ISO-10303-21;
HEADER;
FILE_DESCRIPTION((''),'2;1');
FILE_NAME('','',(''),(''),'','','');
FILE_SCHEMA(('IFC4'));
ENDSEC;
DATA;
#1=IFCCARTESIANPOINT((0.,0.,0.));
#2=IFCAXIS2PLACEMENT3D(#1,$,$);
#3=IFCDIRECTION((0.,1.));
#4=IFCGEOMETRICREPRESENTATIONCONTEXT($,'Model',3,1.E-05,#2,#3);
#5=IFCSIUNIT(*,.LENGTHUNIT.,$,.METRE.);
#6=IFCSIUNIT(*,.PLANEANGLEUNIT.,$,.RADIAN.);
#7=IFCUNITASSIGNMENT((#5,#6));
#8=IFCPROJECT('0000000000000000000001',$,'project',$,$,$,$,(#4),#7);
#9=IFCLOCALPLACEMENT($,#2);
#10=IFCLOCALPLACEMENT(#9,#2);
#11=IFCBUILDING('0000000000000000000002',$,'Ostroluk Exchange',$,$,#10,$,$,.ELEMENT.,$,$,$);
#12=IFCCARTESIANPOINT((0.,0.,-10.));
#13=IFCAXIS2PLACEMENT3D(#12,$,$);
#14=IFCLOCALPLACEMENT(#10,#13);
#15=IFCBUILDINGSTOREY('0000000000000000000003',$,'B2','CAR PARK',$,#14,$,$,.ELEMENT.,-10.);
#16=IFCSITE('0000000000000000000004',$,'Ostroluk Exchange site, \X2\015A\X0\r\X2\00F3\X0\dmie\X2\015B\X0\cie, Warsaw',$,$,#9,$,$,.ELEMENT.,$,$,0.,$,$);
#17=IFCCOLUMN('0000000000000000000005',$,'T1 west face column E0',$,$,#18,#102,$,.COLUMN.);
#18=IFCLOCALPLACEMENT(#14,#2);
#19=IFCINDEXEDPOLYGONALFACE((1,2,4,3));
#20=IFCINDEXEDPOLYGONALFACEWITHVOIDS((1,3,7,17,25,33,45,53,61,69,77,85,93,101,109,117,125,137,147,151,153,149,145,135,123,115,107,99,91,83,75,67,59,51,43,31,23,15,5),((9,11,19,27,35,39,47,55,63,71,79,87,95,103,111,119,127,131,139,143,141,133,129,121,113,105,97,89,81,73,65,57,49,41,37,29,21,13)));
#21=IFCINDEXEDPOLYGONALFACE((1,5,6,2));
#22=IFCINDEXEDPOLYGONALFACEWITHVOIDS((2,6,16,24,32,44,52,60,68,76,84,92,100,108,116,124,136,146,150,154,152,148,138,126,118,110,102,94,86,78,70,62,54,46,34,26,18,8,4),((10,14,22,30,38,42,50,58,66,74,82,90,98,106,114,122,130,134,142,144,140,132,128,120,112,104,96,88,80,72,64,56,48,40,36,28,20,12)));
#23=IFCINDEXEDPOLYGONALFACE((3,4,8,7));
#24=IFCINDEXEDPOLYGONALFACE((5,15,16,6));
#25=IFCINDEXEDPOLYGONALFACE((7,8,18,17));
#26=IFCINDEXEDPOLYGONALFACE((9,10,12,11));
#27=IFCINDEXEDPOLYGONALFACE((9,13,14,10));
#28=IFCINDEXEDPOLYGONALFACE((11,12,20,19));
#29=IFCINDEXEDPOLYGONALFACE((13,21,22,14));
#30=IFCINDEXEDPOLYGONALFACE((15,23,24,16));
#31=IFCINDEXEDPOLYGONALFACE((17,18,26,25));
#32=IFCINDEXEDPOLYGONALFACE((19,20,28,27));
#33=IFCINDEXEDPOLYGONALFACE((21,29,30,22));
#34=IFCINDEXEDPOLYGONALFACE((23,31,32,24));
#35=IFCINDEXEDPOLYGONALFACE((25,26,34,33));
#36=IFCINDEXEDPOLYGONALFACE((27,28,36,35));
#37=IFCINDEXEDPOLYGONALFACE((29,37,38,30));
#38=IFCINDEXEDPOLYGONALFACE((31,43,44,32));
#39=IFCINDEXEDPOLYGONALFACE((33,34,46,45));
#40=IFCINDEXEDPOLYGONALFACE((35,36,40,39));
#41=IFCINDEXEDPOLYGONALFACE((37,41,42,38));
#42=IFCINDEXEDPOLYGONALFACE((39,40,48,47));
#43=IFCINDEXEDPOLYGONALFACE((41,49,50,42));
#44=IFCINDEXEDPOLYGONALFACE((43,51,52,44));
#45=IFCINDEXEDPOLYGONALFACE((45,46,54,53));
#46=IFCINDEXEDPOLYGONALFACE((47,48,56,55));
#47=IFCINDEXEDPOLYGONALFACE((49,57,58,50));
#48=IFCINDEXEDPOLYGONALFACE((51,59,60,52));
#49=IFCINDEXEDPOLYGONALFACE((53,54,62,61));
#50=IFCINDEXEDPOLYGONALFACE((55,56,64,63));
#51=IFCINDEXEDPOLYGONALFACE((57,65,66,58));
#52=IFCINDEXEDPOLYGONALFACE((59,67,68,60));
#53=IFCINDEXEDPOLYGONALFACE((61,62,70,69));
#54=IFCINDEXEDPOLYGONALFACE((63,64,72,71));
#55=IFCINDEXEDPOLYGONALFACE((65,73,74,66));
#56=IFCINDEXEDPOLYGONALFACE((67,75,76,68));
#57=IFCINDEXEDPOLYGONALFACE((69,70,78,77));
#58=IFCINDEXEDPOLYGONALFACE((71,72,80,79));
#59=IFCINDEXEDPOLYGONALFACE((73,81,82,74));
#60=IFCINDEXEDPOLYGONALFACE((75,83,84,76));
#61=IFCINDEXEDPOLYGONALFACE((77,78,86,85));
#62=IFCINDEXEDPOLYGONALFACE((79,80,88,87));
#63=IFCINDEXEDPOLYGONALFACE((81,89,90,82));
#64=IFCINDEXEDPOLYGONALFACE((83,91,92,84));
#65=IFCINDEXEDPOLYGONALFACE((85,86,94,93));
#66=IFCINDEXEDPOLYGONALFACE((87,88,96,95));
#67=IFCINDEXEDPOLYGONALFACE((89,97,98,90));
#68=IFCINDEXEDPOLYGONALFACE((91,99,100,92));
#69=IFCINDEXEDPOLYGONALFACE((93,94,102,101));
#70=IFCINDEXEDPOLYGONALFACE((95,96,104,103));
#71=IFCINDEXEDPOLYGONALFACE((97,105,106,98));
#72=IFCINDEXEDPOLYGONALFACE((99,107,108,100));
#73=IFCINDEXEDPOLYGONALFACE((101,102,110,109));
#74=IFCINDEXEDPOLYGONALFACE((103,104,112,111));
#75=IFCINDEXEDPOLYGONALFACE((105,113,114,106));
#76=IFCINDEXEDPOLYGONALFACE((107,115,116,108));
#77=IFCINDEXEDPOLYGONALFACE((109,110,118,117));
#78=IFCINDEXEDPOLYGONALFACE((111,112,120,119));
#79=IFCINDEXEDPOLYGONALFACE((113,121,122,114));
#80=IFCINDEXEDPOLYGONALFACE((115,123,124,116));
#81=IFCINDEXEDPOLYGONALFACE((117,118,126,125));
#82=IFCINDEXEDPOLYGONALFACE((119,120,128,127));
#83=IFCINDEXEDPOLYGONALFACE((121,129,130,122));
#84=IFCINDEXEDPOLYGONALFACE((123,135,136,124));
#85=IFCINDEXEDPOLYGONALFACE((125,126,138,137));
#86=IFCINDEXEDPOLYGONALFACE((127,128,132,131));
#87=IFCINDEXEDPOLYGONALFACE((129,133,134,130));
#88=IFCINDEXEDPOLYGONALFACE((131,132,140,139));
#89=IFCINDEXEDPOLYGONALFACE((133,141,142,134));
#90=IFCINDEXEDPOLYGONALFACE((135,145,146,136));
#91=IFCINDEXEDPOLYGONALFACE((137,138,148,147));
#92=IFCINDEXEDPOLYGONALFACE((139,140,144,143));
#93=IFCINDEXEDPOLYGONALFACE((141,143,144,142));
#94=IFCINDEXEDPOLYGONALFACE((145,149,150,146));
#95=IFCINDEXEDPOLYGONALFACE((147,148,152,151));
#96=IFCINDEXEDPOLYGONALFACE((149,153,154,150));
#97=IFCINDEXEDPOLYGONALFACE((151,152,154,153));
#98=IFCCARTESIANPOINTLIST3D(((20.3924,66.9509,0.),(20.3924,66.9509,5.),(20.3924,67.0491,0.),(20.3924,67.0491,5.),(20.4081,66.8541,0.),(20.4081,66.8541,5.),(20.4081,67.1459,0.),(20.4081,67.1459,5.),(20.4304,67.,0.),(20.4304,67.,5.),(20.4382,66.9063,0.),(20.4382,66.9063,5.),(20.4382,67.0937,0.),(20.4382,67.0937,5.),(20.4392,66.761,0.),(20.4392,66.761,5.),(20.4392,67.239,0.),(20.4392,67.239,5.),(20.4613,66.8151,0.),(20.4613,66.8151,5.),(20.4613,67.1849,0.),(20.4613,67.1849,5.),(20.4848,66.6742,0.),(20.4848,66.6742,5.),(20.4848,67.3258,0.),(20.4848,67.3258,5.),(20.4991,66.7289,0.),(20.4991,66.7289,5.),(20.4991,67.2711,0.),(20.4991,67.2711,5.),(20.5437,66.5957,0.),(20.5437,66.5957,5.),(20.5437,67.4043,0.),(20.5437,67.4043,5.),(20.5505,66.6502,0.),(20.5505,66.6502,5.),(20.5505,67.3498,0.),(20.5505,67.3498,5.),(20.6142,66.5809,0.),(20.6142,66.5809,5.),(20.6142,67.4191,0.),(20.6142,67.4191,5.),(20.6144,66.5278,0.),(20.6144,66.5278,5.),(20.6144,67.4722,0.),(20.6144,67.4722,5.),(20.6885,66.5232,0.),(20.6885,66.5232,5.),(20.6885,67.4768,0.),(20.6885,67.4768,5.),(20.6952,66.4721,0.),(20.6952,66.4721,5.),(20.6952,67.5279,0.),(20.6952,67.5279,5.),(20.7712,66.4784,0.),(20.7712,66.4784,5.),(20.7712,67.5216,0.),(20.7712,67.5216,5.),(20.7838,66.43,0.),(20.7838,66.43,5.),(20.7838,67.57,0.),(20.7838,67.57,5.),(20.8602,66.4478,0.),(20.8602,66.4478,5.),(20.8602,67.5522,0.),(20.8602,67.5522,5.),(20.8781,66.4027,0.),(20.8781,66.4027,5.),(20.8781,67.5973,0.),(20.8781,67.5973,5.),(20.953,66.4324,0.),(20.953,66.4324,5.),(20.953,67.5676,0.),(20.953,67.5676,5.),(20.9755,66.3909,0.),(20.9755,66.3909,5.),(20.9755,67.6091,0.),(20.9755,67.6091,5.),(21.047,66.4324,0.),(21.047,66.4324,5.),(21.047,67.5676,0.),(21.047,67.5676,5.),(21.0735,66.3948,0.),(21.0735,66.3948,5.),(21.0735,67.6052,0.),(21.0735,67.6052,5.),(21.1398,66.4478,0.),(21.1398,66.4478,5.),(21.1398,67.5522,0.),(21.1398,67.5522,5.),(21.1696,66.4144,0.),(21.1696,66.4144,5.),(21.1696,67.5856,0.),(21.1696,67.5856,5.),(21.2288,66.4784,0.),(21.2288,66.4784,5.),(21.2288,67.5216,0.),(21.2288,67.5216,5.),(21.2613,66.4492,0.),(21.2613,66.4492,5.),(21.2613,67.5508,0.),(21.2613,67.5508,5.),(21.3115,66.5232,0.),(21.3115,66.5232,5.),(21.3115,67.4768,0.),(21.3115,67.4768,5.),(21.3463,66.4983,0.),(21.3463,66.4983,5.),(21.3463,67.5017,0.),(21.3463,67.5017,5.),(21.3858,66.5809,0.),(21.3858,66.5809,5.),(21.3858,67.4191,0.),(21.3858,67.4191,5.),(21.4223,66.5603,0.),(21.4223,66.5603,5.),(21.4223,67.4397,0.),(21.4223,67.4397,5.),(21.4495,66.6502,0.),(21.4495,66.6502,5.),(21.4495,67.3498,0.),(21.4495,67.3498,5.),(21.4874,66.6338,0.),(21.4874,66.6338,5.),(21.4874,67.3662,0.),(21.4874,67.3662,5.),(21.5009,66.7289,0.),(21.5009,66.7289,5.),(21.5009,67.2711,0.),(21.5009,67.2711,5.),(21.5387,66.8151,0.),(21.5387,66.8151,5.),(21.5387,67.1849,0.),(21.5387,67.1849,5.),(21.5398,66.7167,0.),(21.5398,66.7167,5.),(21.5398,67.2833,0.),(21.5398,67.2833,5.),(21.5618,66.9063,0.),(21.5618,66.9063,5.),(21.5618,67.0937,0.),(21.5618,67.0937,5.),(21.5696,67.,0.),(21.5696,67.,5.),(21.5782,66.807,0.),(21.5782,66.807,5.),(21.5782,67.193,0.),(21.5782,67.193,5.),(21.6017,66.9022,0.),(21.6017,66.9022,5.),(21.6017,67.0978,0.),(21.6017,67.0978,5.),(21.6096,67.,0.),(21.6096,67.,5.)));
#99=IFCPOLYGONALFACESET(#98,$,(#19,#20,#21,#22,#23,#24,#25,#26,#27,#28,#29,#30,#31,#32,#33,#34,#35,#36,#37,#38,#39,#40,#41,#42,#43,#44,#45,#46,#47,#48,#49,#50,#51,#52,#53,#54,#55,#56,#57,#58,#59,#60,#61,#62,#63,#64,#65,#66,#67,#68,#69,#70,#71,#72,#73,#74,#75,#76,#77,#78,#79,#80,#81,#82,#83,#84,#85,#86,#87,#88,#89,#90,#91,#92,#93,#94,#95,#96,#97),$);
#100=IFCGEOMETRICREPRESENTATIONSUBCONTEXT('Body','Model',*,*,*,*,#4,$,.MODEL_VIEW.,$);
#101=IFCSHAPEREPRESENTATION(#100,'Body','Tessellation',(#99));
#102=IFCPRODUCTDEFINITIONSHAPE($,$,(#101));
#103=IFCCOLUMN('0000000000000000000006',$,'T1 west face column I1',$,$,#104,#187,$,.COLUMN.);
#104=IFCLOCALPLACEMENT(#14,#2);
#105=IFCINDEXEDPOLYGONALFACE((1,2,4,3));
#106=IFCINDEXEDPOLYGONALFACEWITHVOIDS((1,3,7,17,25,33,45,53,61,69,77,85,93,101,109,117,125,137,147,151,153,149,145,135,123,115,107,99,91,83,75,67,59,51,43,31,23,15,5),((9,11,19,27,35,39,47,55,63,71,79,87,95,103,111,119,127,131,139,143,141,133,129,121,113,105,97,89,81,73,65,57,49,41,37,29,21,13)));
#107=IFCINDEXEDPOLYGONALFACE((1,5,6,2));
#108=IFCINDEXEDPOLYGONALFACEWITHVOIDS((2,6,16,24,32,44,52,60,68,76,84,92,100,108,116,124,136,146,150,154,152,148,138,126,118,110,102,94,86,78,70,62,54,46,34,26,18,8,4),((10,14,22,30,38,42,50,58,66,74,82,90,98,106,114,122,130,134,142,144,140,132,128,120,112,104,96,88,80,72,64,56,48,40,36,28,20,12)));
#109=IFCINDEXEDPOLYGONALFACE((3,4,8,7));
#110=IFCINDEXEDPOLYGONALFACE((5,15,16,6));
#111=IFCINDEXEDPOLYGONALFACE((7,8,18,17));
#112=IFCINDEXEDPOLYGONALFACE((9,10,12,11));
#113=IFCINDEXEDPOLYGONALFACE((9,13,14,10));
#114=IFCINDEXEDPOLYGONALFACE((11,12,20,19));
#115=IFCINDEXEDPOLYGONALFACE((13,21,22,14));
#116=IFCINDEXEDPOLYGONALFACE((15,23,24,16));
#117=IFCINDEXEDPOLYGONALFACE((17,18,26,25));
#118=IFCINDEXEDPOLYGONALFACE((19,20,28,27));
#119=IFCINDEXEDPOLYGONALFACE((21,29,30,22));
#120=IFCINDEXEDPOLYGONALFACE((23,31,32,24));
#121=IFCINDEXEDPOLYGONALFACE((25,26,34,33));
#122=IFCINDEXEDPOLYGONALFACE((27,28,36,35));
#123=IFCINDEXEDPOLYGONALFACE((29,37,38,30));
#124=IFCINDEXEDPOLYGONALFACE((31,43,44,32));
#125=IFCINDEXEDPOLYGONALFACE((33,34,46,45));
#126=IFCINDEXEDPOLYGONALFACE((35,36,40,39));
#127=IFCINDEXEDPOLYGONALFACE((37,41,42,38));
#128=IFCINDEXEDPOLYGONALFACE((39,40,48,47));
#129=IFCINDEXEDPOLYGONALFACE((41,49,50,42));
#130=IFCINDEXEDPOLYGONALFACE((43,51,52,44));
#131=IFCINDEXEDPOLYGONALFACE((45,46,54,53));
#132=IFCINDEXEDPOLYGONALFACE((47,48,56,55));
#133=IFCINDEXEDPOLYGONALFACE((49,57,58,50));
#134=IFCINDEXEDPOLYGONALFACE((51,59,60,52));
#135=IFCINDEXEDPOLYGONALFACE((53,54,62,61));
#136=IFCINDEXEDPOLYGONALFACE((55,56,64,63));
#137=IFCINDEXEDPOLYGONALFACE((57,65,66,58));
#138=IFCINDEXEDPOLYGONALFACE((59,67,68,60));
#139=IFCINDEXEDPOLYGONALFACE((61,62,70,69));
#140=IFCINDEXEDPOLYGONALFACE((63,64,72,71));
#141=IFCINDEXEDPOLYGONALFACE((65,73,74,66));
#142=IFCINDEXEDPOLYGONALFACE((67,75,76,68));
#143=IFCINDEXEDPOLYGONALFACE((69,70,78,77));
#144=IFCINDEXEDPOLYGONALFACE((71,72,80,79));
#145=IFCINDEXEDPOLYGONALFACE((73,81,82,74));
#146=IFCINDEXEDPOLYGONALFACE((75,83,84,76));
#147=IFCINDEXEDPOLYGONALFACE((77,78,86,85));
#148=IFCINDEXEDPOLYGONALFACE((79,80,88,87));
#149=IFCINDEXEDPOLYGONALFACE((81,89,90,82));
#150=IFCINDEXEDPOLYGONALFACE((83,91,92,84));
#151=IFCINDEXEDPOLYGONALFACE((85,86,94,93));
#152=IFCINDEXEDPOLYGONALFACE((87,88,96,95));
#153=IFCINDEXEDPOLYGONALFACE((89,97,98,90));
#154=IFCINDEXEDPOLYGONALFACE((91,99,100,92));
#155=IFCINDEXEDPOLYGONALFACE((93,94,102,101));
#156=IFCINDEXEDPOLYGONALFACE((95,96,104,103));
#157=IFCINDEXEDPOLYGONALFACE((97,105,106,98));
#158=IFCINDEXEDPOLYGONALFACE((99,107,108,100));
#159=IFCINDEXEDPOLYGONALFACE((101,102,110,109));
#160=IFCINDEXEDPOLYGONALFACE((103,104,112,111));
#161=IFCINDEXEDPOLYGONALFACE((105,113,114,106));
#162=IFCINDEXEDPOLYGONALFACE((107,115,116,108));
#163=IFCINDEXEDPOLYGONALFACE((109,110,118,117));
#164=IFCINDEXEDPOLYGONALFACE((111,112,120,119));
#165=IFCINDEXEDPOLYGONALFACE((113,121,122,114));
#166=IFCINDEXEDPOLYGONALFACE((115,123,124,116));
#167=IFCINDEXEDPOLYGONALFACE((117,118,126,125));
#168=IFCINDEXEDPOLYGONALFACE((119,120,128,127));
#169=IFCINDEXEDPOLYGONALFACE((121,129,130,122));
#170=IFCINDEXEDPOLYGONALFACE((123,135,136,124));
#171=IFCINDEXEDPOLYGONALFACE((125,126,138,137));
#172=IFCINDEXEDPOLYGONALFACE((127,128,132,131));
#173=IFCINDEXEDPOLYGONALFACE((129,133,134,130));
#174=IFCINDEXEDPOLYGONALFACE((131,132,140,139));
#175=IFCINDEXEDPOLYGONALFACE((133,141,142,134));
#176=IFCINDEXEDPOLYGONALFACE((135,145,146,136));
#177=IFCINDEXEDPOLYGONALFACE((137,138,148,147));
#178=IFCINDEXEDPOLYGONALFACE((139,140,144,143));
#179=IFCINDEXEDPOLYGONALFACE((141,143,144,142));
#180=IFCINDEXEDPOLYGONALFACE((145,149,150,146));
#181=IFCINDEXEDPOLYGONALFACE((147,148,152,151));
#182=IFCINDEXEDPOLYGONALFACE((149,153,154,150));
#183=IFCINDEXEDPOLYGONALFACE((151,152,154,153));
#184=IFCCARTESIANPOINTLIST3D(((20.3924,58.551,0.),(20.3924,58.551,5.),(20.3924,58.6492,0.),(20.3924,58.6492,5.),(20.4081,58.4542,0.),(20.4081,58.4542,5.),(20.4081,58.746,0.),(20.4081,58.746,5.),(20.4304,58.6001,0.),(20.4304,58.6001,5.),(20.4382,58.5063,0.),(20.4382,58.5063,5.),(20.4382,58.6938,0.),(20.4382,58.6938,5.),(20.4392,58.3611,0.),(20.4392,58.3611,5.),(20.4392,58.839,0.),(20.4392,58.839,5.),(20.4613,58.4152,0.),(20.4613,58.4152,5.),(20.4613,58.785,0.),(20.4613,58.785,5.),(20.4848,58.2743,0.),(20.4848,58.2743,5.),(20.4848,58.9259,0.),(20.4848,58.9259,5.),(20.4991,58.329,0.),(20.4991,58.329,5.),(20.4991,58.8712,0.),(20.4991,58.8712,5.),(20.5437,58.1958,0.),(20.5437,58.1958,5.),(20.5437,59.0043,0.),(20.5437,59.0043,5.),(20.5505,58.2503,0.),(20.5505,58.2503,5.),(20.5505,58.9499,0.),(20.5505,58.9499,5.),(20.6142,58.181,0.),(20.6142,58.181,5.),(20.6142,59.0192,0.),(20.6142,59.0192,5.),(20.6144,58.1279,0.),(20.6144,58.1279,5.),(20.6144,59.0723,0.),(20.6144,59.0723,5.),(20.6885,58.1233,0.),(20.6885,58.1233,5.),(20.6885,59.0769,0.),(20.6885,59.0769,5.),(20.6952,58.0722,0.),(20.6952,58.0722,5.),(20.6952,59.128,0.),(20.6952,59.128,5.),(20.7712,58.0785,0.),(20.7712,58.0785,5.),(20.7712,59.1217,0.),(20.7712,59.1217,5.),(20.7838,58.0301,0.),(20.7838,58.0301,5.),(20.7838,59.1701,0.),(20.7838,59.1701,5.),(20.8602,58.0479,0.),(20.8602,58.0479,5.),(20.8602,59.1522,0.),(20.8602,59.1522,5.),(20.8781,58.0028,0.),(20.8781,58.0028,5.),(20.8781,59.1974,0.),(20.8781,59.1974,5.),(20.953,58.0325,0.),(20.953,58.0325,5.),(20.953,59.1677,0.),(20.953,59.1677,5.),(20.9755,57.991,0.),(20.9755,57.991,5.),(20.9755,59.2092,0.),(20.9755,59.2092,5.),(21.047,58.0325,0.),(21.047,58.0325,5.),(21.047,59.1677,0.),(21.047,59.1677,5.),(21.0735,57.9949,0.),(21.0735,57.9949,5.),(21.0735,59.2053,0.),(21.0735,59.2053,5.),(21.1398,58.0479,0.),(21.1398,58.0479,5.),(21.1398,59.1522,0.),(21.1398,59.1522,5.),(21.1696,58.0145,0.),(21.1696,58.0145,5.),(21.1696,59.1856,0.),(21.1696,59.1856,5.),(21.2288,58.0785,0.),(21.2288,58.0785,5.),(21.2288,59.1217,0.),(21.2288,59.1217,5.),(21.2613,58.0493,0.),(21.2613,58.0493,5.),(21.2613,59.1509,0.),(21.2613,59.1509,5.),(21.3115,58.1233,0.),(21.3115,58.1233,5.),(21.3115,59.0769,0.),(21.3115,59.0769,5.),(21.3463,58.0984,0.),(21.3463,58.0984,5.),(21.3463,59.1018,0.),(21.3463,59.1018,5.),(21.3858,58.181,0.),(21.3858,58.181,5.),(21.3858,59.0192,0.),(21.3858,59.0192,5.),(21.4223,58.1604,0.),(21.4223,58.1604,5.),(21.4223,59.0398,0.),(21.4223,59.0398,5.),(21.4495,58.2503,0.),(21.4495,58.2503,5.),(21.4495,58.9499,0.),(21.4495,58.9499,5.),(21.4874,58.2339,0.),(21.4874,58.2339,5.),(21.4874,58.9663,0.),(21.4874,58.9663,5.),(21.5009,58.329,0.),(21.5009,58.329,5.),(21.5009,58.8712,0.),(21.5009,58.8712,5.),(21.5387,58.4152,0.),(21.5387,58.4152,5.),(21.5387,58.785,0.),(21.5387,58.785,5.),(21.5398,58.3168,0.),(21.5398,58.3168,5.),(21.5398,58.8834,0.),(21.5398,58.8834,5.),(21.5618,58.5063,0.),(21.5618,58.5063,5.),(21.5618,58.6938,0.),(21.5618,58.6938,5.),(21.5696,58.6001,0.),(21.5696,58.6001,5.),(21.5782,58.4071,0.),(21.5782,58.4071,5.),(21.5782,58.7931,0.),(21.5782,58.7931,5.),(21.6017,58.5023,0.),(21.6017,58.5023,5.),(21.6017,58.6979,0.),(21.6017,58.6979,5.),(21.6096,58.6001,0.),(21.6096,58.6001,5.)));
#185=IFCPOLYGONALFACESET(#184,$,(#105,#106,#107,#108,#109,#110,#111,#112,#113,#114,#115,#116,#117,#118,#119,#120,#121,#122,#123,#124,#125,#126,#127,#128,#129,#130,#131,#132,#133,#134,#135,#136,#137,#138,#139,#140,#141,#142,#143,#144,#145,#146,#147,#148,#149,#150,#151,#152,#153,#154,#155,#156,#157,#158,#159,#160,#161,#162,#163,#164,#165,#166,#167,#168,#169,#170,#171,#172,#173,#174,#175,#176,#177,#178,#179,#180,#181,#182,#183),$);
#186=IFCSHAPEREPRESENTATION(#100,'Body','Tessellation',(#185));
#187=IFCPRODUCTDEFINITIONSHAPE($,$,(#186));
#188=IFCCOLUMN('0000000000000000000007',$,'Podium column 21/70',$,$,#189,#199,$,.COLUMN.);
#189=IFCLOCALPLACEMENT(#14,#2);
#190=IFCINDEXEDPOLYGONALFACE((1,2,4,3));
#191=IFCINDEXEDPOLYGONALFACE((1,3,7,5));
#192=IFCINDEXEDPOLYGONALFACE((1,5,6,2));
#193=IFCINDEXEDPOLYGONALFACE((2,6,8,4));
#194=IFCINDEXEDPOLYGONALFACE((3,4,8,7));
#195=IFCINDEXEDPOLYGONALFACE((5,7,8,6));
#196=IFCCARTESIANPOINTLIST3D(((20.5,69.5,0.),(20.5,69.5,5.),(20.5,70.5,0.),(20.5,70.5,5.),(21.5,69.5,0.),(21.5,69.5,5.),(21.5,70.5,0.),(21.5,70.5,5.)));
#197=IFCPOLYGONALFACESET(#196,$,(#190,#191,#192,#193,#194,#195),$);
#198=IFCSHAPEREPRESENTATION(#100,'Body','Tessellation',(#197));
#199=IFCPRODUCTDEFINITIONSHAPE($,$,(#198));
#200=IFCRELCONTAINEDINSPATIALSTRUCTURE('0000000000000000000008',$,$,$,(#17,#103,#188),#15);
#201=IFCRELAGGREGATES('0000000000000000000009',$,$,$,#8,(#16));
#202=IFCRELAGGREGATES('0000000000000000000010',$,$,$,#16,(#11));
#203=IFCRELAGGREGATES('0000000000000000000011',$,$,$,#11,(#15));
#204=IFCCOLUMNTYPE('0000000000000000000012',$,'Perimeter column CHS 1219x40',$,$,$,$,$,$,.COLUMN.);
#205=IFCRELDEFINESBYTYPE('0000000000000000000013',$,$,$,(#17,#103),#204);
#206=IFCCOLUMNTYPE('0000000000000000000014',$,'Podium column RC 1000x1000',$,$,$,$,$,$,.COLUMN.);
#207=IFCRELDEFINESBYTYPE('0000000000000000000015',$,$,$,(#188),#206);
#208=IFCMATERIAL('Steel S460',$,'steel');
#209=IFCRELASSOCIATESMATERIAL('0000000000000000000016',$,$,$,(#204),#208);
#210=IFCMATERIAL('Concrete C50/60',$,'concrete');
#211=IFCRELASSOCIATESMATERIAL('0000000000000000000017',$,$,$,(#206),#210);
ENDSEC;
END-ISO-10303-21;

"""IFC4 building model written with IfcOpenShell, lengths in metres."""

from ifc_helpers import new_model, si_unit, direction, frame, origin, origin_2d, place, context, subcontext, project, spatial, rectangle, hollow_circle, extrude, material, material_profile, profile_set, type_object, element, save


model = new_model("IFC4")

# Units and contexts
model_context = context("Model", 3, precision=1e-05, world=origin(), true_north=direction((0.0, 1.0)))
body_context = subcontext(model_context, "Body", "Model", "MODEL_VIEW")
ifc_project = project(units=[si_unit("LENGTHUNIT", "METRE"), si_unit("PLANEANGLEUNIT", "RADIAN")], contexts=[model_context])

# Site, building, storey
site_placement = place(None, origin())
site = spatial("IfcSite", under=ifc_project, at=site_placement, Name="Ostroluk Exchange site, Śródmieście, Warsaw", CompositionType="ELEMENT", RefElevation=0.0)
building_placement = place(site_placement, origin())
building = spatial("IfcBuilding", under=site, at=building_placement, Name="Ostroluk Exchange", CompositionType="ELEMENT")
storey_placement = place(building_placement, frame((0.0, 0.0, -10.0)))
storey = spatial("IfcBuildingStorey", under=building, at=storey_placement, Name="B2", Description="CAR PARK", CompositionType="ELEMENT", Elevation=-10.0)

# Columns
ifc_material_1 = material(Name="Steel S460", Category="steel")
ifc_material_profile_1 = material_profile(ifc_material_1, hollow_circle(Radius=0.6096, WallThickness=0.04, at=origin_2d()), Name="CHS 1219x40")
ifc_profile_set_1 = profile_set([ifc_material_profile_1], Name="Steel S460")
column_type_1 = type_object("IfcColumnType", Name="Perimeter column CHS 1219x40", PredefinedType="COLUMN", material=ifc_profile_set_1)
for number, where, z_axis, x_axis, name in (
    (1, (21.0, 67.0, 0.0), (0.0, 0.0, 1.0), (1.0, 0.0, 0.0), "T1 west face column E0"),
    (2, (21.0, 58.6001, 0.0), (0.0, 0.0, 1.0), (1.0, 0.0, 0.0), "T1 west face column I1"),
):
    element("IfcColumn", number, at=place(storey_placement, frame(where, z_axis=z_axis, x_axis=x_axis)), inside=storey, type_object=column_type_1, Name=name, PredefinedType="COLUMN", context=body_context, shape_type="SweptSolid", body=[
        extrude(hollow_circle(Radius=0.6096, WallThickness=0.04, at=origin_2d()), origin(), (0.0, 0.0, 1.0), 5.0),
    ])
ifc_material_2 = material(Name="Concrete C50/60", Category="concrete")
ifc_material_profile_2 = material_profile(ifc_material_2, rectangle(XDim=1.0, YDim=1.0, at=origin_2d()), Name="RC 1000x1000")
ifc_profile_set_2 = profile_set([ifc_material_profile_2], Name="Concrete C50/60")
column_type_2 = type_object("IfcColumnType", Name="Podium column RC 1000x1000", PredefinedType="COLUMN", material=ifc_profile_set_2)
column_1_placement = place(storey_placement, frame((21.0, 70.0, 0.0), z_axis=(0.0, 0.0, 1.0), x_axis=(1.0, 0.0, 0.0)))
element("IfcColumn", 3, at=column_1_placement, inside=storey, type_object=column_type_2, Name="Podium column 21/70", PredefinedType="COLUMN", context=body_context, shape_type="SweptSolid", body=[
    extrude(rectangle(XDim=1.0, YDim=1.0, at=origin_2d()), origin(), (0.0, 0.0, 1.0), 5.0),
])

save(model, "model.ifc")
